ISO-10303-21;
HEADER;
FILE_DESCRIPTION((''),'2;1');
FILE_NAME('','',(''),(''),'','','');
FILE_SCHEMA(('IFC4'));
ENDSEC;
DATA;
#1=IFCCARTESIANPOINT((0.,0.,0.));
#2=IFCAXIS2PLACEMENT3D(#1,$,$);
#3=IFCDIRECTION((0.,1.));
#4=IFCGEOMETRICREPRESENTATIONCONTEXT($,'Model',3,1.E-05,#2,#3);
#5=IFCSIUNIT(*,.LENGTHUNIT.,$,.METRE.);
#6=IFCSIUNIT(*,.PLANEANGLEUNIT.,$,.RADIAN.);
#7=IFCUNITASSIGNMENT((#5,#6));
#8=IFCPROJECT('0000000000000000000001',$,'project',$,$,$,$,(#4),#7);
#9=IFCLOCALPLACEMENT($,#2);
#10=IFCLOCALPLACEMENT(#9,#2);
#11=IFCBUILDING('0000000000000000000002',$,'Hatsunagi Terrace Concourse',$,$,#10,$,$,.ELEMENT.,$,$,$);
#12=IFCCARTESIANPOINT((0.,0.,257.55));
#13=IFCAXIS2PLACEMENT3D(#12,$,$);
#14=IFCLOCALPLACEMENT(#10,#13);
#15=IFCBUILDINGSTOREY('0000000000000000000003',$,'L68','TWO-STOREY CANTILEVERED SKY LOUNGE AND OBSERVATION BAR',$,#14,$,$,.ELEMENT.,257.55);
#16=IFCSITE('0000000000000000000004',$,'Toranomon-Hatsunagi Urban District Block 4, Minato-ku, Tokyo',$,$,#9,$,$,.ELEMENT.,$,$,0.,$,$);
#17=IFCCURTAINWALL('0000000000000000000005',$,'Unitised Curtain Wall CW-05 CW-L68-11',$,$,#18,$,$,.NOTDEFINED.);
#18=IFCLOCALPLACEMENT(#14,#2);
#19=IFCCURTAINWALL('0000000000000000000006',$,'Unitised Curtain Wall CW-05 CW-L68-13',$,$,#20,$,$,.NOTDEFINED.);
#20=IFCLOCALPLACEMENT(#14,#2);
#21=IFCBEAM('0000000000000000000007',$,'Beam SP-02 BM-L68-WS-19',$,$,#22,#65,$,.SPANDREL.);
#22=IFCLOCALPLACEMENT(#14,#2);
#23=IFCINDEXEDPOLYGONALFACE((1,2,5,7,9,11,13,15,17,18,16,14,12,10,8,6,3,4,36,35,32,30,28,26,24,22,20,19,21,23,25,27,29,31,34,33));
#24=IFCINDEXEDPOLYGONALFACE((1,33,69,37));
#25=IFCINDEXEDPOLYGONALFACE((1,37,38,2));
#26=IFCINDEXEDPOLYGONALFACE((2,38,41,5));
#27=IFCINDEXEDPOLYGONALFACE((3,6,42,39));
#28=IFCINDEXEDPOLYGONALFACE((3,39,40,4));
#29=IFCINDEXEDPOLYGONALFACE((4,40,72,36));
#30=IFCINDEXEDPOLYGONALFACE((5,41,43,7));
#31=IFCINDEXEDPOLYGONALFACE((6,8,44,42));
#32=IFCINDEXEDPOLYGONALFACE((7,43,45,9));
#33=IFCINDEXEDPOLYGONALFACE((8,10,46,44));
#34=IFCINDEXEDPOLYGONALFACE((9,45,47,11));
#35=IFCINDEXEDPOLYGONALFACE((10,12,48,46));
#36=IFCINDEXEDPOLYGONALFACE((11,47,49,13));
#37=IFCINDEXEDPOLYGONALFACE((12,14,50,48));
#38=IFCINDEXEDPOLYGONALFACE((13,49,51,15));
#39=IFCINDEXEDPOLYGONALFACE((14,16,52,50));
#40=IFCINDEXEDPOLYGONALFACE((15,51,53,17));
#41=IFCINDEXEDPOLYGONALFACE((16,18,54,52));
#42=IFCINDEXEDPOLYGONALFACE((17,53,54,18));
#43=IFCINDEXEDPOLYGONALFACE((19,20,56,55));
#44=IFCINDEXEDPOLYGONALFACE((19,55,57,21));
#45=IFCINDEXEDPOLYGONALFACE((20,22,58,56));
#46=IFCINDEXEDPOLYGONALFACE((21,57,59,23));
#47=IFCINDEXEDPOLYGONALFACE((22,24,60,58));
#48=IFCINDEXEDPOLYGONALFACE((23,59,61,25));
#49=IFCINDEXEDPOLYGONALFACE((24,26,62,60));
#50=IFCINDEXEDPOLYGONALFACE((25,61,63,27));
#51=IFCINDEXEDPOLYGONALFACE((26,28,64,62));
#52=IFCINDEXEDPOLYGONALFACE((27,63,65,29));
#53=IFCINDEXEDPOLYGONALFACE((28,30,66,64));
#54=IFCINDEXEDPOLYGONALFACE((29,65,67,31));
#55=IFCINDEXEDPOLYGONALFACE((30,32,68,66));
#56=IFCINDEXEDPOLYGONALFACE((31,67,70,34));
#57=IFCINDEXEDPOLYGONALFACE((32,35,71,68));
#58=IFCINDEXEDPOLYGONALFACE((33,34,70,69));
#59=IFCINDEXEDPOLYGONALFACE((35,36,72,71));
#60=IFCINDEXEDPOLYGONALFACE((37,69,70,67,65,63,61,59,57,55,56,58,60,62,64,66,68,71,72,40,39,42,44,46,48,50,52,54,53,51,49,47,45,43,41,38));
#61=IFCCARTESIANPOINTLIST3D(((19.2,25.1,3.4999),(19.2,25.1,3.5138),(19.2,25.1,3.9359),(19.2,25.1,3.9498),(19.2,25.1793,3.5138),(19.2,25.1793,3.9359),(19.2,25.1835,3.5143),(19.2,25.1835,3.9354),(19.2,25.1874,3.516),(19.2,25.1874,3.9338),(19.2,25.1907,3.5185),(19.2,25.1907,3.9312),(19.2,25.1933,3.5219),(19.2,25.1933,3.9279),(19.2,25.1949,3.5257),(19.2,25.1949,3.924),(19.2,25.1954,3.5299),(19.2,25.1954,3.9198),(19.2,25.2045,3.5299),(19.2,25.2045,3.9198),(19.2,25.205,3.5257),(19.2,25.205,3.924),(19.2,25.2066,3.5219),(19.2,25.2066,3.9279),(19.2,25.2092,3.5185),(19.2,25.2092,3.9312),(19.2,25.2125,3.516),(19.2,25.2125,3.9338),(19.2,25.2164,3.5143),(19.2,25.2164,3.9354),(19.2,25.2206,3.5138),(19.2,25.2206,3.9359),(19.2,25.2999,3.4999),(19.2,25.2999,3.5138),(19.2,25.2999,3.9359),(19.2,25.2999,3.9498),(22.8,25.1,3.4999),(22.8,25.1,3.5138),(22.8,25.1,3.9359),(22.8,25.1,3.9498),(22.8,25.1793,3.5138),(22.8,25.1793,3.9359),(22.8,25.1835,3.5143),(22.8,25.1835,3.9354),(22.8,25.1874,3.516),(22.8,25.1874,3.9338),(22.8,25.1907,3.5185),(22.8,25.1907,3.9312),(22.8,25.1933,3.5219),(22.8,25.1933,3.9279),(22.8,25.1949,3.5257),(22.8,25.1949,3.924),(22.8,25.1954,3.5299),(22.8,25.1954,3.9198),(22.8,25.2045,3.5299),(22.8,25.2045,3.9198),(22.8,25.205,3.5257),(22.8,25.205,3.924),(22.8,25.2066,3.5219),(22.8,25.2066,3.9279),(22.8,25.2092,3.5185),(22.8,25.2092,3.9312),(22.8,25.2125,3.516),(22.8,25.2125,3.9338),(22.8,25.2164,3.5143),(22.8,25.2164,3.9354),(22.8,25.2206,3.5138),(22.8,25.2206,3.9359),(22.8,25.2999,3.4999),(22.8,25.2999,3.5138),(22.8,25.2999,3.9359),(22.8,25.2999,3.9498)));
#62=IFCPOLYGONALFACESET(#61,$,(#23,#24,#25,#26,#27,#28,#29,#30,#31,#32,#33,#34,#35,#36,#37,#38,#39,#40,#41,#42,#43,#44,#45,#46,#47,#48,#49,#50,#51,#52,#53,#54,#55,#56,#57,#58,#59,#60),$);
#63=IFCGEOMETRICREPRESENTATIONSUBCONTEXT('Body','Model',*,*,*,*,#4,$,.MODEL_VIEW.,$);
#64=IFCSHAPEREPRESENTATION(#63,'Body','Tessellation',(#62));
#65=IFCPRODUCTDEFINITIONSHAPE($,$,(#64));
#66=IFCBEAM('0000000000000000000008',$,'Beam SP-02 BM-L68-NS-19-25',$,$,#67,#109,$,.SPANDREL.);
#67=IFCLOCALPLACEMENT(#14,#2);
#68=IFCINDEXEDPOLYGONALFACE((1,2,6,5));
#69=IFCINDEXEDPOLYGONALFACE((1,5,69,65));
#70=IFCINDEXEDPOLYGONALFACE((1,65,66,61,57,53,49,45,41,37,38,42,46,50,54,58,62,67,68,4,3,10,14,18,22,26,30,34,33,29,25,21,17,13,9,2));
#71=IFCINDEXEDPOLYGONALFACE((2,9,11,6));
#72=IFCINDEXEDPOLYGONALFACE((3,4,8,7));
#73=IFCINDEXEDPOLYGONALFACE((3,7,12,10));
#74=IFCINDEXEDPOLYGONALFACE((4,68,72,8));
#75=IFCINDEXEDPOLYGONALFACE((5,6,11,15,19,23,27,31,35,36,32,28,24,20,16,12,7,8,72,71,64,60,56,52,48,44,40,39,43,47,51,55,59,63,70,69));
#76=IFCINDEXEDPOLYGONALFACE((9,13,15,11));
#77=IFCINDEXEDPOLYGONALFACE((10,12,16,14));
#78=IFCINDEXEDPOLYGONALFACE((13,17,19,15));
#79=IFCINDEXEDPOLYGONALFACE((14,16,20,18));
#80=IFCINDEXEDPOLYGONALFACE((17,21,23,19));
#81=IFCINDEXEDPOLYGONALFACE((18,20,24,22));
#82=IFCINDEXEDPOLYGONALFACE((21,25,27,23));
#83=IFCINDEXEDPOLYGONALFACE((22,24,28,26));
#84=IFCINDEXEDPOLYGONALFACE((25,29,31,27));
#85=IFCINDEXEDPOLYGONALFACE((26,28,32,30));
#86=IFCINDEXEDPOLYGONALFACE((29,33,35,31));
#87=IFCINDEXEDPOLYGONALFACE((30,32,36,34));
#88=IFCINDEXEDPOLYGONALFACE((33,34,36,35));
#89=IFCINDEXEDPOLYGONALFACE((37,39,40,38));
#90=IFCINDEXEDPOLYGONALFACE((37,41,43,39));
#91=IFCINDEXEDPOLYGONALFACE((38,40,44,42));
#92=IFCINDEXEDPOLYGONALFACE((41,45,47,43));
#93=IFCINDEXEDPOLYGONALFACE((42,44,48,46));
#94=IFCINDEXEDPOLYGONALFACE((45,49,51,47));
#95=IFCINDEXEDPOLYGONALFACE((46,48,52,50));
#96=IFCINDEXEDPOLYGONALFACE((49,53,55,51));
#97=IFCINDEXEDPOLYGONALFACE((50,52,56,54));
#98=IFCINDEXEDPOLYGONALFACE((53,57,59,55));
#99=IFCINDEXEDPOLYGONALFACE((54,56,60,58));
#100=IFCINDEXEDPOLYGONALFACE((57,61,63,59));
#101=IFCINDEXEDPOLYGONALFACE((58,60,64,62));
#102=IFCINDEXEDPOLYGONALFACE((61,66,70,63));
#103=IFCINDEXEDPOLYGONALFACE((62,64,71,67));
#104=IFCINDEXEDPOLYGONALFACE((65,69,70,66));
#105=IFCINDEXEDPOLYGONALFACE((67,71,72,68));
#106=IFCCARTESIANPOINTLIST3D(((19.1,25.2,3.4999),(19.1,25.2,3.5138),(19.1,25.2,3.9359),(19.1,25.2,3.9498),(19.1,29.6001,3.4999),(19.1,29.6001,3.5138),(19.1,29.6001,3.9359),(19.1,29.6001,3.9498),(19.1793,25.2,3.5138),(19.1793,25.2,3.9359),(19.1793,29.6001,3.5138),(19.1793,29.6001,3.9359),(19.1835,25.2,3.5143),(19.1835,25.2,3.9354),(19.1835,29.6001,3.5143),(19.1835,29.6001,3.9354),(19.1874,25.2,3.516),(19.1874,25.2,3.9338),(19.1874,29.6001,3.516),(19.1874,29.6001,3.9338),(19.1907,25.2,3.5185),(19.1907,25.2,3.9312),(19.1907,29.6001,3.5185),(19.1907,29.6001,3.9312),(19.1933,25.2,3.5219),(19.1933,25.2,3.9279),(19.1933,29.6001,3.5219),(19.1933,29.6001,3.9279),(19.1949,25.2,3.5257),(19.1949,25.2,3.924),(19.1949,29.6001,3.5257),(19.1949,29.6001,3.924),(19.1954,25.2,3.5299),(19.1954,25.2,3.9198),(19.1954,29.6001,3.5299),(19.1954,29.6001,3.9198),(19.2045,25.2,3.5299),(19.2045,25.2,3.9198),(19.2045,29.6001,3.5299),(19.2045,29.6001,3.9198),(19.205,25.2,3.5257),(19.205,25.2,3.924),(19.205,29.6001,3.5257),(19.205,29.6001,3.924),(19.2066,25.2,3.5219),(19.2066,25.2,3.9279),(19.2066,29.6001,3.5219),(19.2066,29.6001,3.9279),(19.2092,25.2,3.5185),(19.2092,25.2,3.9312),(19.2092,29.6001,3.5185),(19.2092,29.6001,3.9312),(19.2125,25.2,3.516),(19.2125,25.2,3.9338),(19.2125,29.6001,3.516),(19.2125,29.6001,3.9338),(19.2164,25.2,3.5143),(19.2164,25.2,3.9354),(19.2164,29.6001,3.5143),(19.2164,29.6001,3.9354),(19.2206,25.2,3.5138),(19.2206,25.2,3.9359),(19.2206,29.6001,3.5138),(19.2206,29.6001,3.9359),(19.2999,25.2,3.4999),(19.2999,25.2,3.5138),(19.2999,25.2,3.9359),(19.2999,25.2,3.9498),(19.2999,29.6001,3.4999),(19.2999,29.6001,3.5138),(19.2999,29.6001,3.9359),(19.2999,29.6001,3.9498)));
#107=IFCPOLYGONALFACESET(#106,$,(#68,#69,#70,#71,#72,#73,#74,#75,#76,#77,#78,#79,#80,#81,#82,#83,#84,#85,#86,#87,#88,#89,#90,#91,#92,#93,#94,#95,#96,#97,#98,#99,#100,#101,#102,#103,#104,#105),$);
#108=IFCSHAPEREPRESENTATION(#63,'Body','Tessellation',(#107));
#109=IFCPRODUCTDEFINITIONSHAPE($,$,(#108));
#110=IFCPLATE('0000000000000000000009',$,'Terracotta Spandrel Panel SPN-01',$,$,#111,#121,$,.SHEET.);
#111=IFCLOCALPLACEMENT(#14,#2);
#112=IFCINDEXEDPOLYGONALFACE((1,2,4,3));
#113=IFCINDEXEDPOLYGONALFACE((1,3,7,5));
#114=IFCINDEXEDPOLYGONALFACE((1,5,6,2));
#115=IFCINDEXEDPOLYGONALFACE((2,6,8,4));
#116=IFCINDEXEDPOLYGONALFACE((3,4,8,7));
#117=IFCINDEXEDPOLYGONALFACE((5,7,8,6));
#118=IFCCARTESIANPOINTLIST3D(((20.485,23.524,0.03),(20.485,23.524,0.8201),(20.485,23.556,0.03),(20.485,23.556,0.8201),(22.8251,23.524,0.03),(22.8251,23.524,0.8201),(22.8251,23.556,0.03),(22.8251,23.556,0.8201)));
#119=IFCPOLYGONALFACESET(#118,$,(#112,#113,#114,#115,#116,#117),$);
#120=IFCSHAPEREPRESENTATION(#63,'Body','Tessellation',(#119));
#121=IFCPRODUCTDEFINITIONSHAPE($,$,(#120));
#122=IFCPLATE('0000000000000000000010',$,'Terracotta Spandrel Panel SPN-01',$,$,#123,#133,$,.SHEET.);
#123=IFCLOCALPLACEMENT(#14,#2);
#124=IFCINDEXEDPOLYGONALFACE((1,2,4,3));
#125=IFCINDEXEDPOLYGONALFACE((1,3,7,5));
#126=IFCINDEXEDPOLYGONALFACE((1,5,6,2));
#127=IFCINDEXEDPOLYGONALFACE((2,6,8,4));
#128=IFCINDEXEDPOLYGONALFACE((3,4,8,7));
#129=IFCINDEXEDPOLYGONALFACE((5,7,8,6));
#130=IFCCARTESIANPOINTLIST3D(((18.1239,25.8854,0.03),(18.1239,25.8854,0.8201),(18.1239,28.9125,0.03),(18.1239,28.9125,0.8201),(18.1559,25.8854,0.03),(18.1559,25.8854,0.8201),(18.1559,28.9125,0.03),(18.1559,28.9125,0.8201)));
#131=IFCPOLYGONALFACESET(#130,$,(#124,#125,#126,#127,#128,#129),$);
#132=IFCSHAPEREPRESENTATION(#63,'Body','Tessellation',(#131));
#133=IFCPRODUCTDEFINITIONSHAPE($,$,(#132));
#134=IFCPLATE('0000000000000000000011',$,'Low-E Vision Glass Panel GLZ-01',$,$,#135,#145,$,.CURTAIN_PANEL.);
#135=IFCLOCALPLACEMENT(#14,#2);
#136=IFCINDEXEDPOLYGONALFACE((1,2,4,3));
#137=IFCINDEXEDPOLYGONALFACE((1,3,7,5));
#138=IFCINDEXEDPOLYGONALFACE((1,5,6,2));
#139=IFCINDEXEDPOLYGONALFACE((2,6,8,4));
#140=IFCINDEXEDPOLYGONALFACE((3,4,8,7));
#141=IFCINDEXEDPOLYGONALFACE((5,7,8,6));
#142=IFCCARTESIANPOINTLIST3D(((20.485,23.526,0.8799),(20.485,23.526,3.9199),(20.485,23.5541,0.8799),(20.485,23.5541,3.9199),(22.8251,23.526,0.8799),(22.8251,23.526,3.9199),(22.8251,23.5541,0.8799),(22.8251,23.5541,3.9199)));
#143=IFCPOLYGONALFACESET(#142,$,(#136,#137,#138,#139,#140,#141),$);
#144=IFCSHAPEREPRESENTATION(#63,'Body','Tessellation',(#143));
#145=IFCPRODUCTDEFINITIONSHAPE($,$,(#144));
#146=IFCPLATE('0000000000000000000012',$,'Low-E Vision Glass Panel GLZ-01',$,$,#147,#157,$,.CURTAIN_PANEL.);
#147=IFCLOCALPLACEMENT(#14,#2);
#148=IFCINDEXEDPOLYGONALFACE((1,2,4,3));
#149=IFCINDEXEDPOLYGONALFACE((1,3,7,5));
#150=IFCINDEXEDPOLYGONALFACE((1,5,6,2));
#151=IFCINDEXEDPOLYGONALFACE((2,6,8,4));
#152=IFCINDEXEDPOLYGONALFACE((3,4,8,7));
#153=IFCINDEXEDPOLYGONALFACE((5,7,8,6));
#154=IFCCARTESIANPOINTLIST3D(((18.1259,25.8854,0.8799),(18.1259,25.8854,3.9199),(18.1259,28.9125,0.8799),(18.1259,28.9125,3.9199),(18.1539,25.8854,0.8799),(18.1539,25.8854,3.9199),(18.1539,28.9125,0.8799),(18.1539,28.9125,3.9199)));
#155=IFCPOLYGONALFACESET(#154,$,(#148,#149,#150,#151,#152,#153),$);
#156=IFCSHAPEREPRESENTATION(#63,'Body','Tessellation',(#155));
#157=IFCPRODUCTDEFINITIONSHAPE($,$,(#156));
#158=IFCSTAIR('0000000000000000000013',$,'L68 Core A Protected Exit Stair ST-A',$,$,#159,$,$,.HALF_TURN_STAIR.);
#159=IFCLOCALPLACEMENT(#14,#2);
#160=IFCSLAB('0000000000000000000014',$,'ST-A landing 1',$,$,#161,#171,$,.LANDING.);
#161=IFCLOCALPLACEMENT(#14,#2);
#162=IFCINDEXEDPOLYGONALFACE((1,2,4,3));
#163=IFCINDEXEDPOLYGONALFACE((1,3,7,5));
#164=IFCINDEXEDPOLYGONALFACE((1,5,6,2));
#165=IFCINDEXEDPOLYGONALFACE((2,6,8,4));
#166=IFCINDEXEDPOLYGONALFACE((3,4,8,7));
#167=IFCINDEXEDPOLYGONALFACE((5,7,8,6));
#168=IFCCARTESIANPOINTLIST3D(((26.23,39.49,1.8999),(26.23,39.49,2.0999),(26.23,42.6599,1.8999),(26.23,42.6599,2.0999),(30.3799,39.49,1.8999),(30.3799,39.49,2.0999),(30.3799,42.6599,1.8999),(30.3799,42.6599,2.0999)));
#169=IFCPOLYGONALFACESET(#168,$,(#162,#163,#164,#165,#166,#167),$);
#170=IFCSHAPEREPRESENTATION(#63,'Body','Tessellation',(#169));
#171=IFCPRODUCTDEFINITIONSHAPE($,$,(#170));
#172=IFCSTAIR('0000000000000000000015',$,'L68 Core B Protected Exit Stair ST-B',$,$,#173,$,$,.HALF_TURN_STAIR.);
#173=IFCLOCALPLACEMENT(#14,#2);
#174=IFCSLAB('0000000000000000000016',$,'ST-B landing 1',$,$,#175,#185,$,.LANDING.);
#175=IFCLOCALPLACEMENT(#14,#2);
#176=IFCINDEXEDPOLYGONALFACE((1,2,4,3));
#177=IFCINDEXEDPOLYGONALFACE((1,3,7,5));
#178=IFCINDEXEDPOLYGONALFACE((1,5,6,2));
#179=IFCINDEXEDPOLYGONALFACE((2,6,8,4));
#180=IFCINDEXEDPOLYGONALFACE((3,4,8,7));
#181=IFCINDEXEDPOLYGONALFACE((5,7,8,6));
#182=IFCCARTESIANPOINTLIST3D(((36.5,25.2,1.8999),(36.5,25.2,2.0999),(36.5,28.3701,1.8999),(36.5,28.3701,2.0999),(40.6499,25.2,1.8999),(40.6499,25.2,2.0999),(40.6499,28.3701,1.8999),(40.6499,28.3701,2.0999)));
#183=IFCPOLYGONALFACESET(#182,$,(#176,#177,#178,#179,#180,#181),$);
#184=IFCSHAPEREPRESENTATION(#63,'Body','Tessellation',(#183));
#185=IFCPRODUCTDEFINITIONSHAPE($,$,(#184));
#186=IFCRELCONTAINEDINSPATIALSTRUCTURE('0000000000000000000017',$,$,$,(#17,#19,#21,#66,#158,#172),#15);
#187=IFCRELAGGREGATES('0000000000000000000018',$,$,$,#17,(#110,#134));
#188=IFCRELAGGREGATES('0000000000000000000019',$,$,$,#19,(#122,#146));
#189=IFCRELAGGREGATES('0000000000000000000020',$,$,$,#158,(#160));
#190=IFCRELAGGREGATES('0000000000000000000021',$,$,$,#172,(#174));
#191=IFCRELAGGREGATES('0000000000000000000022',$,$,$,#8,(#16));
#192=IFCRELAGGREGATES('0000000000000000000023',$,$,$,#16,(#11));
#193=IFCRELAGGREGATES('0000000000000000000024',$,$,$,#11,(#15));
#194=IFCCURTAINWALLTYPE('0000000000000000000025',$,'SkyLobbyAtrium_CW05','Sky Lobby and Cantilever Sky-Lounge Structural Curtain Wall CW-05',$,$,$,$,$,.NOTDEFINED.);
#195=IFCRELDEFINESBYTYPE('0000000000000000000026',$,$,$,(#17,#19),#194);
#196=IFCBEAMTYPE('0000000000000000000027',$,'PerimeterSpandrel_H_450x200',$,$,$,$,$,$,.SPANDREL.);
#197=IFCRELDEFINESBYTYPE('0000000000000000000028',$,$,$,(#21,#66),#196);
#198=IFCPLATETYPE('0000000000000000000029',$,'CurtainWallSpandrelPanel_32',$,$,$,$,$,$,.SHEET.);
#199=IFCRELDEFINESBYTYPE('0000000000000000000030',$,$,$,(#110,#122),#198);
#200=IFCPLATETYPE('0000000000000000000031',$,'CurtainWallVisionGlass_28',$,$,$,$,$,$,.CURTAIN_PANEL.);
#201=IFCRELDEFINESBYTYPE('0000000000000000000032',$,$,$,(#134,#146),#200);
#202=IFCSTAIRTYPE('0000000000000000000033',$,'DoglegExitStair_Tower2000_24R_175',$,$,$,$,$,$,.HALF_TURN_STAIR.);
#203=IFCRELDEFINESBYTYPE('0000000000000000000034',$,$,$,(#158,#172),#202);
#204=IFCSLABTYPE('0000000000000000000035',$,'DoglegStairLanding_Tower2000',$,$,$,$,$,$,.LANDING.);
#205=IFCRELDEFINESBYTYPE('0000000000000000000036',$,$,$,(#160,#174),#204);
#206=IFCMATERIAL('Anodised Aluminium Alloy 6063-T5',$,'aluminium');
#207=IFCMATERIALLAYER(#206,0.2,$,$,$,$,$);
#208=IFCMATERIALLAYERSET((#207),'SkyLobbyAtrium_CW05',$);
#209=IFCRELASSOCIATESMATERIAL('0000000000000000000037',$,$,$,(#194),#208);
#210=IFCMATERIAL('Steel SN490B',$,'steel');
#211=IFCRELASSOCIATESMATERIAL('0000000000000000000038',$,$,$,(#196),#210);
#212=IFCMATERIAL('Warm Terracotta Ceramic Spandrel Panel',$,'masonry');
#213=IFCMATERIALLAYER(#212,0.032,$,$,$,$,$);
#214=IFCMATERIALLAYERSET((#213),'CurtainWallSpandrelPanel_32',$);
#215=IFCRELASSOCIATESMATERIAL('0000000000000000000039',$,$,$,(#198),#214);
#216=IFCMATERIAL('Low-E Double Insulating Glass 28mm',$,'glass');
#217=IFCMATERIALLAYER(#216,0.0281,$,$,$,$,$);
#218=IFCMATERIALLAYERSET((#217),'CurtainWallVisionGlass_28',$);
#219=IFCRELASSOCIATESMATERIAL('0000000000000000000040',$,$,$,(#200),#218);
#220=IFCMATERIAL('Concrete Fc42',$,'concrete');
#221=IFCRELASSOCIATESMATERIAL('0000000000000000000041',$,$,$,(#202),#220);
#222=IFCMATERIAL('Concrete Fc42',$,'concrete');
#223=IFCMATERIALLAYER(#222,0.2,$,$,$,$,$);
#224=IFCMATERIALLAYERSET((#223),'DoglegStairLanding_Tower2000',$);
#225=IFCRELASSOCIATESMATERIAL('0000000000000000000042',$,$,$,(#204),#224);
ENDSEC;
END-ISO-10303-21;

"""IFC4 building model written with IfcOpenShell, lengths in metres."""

from ifc_helpers import new_model, si_unit, direction, frame, origin, origin_2d, place, context, subcontext, project, spatial, polyline, rectangle, i_section, outline, extrude, material, layer, layer_set, material_profile, profile_set, type_object, element, aggregate, save


model = new_model("IFC4")

# Units and contexts
model_context = context("Model", 3, precision=1e-05, world=origin(), true_north=direction((0.0, 1.0)))
body_context = subcontext(model_context, "Body", "Model", "MODEL_VIEW")
ifc_project = project(units=[si_unit("LENGTHUNIT", "METRE"), si_unit("PLANEANGLEUNIT", "RADIAN")], contexts=[model_context])

# Site, building, storey
site_placement = place(None, origin())
site = spatial("IfcSite", under=ifc_project, at=site_placement, Name="Toranomon-Hatsunagi Urban District Block 4, Minato-ku, Tokyo", CompositionType="ELEMENT", RefElevation=0.0)
building_placement = place(site_placement, origin())
building = spatial("IfcBuilding", under=site, at=building_placement, Name="Hatsunagi Terrace Concourse", CompositionType="ELEMENT")
storey_placement = place(building_placement, frame((0.0, 0.0, 257.55)))
storey = spatial("IfcBuildingStorey", under=building, at=storey_placement, Name="L68", Description="TWO-STOREY CANTILEVERED SKY LOUNGE AND OBSERVATION BAR", CompositionType="ELEMENT", Elevation=257.55)

# Curtain wall
ifc_material_1 = material(Name="Anodised Aluminium Alloy 6063-T5", Category="aluminium")
ifc_layer_1 = layer(ifc_material_1, 0.2)
ifc_layer_set_1 = layer_set([ifc_layer_1], Name="SkyLobbyAtrium_CW05")
curtain_wall_type = type_object("IfcCurtainWallType", Name="SkyLobbyAtrium_CW05", Description="Sky Lobby and Cantilever Sky-Lounge Structural Curtain Wall CW-05", PredefinedType="NOTDEFINED", material=ifc_layer_set_1)
curtain_wall_1_placement = place(storey_placement, origin())
curtain_wall_1 = element("IfcCurtainWall", 1, at=curtain_wall_1_placement, inside=storey, type_object=curtain_wall_type, Name="Unitised Curtain Wall CW-05 CW-L68-11", PredefinedType="NOTDEFINED")

# Curtain wall
curtain_wall_2_placement = place(storey_placement, origin())
curtain_wall_2 = element("IfcCurtainWall", 2, at=curtain_wall_2_placement, inside=storey, type_object=curtain_wall_type, Name="Unitised Curtain Wall CW-05 CW-L68-13", PredefinedType="NOTDEFINED")

# Beams
ifc_material_2 = material(Name="Steel SN490B", Category="steel")
ifc_material_profile_1 = material_profile(ifc_material_2, i_section(OverallWidth=0.2, OverallDepth=0.45, WebThickness=0.009, FlangeThickness=0.0139, FilletRadius=0.0161, at=origin_2d()), Name="H-450x200x9x14")
ifc_profile_set_1 = profile_set([ifc_material_profile_1], Name="Steel SN490B")
beam_type_1 = type_object("IfcBeamType", Name="PerimeterSpandrel_H_450x200", PredefinedType="SPANDREL", material=ifc_profile_set_1)
beam_1_placement = place(storey_placement, frame((19.2, 25.2, 3.7249), z_axis=(1.0, 0.0, 0.0), x_axis=(0.0, 1.0, 0.0)))
element("IfcBeam", 3, at=beam_1_placement, inside=storey, type_object=beam_type_1, Name="Beam SP-02 BM-L68-WS-19", PredefinedType="SPANDREL", context=body_context, shape_type="SweptSolid", body=[
    extrude(i_section(OverallWidth=0.2, OverallDepth=0.45, WebThickness=0.009, FlangeThickness=0.0139, FilletRadius=0.0161, at=origin_2d()), origin(), (0.0, 0.0, 1.0), 3.6001),
])
beam_2_placement = place(storey_placement, frame((19.2, 25.2, 3.7249), z_axis=(0.0, 1.0, 0.0), x_axis=(-1.0, 0.0, 0.0)))
element("IfcBeam", 4, at=beam_2_placement, inside=storey, type_object=beam_type_1, Name="Beam SP-02 BM-L68-NS-19-25", PredefinedType="SPANDREL", context=body_context, shape_type="SweptSolid", body=[
    extrude(i_section(OverallWidth=0.2, OverallDepth=0.45, WebThickness=0.009, FlangeThickness=0.0139, FilletRadius=0.0161, at=origin_2d()), origin(), (0.0, 0.0, 1.0), 4.4001),
])

# Plates
ifc_material_3 = material(Name="Warm Terracotta Ceramic Spandrel Panel", Category="masonry")
ifc_layer_2 = layer(ifc_material_3, 0.032)
ifc_layer_set_2 = layer_set([ifc_layer_2], Name="CurtainWallSpandrelPanel_32")
plate_type_1 = type_object("IfcPlateType", Name="CurtainWallSpandrelPanel_32", PredefinedType="SHEET", material=ifc_layer_set_2)
plate_1_placement = place(storey_placement, frame((21.655, 23.54, 0.03), z_axis=(0.0, 0.0, 1.0), x_axis=(-1.0, 0.0, 0.0)))
plate_1 = element("IfcPlate", 5, at=plate_1_placement, type_object=plate_type_1, Name="Terracotta Spandrel Panel SPN-01", PredefinedType="SHEET", context=body_context, shape_type="SweptSolid", body=[
    extrude(rectangle(XDim=2.3401, YDim=0.032, at=origin_2d()), origin(), (0.0, 0.0, 1.0), 0.79),
])
plate_2_placement = place(storey_placement, frame((18.1399, 27.3989, 0.03), z_axis=(0.0, 0.0, 1.0), x_axis=(0.0, 1.0, 0.0)))
plate_2 = element("IfcPlate", 6, at=plate_2_placement, type_object=plate_type_1, Name="Terracotta Spandrel Panel SPN-01", PredefinedType="SHEET", context=body_context, shape_type="SweptSolid", body=[
    extrude(rectangle(XDim=3.0271, YDim=0.032, at=origin_2d()), origin(), (0.0, 0.0, 1.0), 0.79),
])
ifc_material_4 = material(Name="Low-E Double Insulating Glass 28mm", Category="glass")
ifc_layer_3 = layer(ifc_material_4, 0.0281)
ifc_layer_set_3 = layer_set([ifc_layer_3], Name="CurtainWallVisionGlass_28")
plate_type_2 = type_object("IfcPlateType", Name="CurtainWallVisionGlass_28", PredefinedType="CURTAIN_PANEL", material=ifc_layer_set_3)
plate_3_placement = place(storey_placement, frame((21.655, 23.54, 0.8799), z_axis=(0.0, 0.0, 1.0), x_axis=(-1.0, 0.0, 0.0)))
plate_3 = element("IfcPlate", 7, at=plate_3_placement, type_object=plate_type_2, Name="Low-E Vision Glass Panel GLZ-01", PredefinedType="CURTAIN_PANEL", context=body_context, shape_type="SweptSolid", body=[
    extrude(rectangle(XDim=2.3401, YDim=0.0281, at=origin_2d()), origin(), (0.0, 0.0, 1.0), 3.04),
])
aggregate(curtain_wall_1, [plate_1, plate_3])
plate_4_placement = place(storey_placement, frame((18.1399, 27.3989, 0.8799), z_axis=(0.0, 0.0, 1.0), x_axis=(0.0, 1.0, 0.0)))
plate_4 = element("IfcPlate", 8, at=plate_4_placement, type_object=plate_type_2, Name="Low-E Vision Glass Panel GLZ-01", PredefinedType="CURTAIN_PANEL", context=body_context, shape_type="SweptSolid", body=[
    extrude(rectangle(XDim=3.0271, YDim=0.0281, at=origin_2d()), origin(), (0.0, 0.0, 1.0), 3.04),
])
aggregate(curtain_wall_2, [plate_2, plate_4])

# Stairs, slabs
ifc_material_5 = material(Name="Concrete Fc42", Category="concrete")
stair_type = type_object("IfcStairType", Name="DoglegExitStair_Tower2000_24R_175", PredefinedType="HALF_TURN_STAIR", material=ifc_material_5)
stair_1_placement = place(storey_placement, origin())
stair_1 = element("IfcStair", 9, at=stair_1_placement, inside=storey, type_object=stair_type, Name="L68 Core A Protected Exit Stair ST-A", PredefinedType="HALF_TURN_STAIR")
ifc_material_6 = material(Name="Concrete Fc42", Category="concrete")
ifc_layer_4 = layer(ifc_material_6, 0.2)
ifc_layer_set_4 = layer_set([ifc_layer_4], Name="DoglegStairLanding_Tower2000")
slab_type_1 = type_object("IfcSlabType", Name="DoglegStairLanding_Tower2000", PredefinedType="LANDING", material=ifc_layer_set_4)
slab_1_placement = place(storey_placement, frame((0.0, 0.0, 1.8999)))
slab_1 = element("IfcSlab", 10, at=slab_1_placement, type_object=slab_type_1, Name="ST-A landing 1", PredefinedType="LANDING", context=body_context, shape_type="SweptSolid", body=[
    extrude(outline(polyline([(30.3799, 39.49), (30.3799, 42.6599), (26.23, 42.6599), (26.23, 39.49), (30.3799, 39.49)])), origin(), (0.0, 0.0, 1.0), 0.2),
])
aggregate(stair_1, [slab_1])
stair_2_placement = place(storey_placement, origin())
stair_2 = element("IfcStair", 11, at=stair_2_placement, inside=storey, type_object=stair_type, Name="L68 Core B Protected Exit Stair ST-B", PredefinedType="HALF_TURN_STAIR")
slab_2_placement = place(storey_placement, frame((0.0, 0.0, 1.8999)))
slab_2 = element("IfcSlab", 12, at=slab_2_placement, type_object=slab_type_1, Name="ST-B landing 1", PredefinedType="LANDING", context=body_context, shape_type="SweptSolid", body=[
    extrude(outline(polyline([(36.5, 28.3701), (36.5, 25.2), (40.6499, 25.2), (40.6499, 28.3701), (36.5, 28.3701)])), origin(), (0.0, 0.0, 1.0), 0.2),
])
aggregate(stair_2, [slab_2])

save(model, "model.ifc")
